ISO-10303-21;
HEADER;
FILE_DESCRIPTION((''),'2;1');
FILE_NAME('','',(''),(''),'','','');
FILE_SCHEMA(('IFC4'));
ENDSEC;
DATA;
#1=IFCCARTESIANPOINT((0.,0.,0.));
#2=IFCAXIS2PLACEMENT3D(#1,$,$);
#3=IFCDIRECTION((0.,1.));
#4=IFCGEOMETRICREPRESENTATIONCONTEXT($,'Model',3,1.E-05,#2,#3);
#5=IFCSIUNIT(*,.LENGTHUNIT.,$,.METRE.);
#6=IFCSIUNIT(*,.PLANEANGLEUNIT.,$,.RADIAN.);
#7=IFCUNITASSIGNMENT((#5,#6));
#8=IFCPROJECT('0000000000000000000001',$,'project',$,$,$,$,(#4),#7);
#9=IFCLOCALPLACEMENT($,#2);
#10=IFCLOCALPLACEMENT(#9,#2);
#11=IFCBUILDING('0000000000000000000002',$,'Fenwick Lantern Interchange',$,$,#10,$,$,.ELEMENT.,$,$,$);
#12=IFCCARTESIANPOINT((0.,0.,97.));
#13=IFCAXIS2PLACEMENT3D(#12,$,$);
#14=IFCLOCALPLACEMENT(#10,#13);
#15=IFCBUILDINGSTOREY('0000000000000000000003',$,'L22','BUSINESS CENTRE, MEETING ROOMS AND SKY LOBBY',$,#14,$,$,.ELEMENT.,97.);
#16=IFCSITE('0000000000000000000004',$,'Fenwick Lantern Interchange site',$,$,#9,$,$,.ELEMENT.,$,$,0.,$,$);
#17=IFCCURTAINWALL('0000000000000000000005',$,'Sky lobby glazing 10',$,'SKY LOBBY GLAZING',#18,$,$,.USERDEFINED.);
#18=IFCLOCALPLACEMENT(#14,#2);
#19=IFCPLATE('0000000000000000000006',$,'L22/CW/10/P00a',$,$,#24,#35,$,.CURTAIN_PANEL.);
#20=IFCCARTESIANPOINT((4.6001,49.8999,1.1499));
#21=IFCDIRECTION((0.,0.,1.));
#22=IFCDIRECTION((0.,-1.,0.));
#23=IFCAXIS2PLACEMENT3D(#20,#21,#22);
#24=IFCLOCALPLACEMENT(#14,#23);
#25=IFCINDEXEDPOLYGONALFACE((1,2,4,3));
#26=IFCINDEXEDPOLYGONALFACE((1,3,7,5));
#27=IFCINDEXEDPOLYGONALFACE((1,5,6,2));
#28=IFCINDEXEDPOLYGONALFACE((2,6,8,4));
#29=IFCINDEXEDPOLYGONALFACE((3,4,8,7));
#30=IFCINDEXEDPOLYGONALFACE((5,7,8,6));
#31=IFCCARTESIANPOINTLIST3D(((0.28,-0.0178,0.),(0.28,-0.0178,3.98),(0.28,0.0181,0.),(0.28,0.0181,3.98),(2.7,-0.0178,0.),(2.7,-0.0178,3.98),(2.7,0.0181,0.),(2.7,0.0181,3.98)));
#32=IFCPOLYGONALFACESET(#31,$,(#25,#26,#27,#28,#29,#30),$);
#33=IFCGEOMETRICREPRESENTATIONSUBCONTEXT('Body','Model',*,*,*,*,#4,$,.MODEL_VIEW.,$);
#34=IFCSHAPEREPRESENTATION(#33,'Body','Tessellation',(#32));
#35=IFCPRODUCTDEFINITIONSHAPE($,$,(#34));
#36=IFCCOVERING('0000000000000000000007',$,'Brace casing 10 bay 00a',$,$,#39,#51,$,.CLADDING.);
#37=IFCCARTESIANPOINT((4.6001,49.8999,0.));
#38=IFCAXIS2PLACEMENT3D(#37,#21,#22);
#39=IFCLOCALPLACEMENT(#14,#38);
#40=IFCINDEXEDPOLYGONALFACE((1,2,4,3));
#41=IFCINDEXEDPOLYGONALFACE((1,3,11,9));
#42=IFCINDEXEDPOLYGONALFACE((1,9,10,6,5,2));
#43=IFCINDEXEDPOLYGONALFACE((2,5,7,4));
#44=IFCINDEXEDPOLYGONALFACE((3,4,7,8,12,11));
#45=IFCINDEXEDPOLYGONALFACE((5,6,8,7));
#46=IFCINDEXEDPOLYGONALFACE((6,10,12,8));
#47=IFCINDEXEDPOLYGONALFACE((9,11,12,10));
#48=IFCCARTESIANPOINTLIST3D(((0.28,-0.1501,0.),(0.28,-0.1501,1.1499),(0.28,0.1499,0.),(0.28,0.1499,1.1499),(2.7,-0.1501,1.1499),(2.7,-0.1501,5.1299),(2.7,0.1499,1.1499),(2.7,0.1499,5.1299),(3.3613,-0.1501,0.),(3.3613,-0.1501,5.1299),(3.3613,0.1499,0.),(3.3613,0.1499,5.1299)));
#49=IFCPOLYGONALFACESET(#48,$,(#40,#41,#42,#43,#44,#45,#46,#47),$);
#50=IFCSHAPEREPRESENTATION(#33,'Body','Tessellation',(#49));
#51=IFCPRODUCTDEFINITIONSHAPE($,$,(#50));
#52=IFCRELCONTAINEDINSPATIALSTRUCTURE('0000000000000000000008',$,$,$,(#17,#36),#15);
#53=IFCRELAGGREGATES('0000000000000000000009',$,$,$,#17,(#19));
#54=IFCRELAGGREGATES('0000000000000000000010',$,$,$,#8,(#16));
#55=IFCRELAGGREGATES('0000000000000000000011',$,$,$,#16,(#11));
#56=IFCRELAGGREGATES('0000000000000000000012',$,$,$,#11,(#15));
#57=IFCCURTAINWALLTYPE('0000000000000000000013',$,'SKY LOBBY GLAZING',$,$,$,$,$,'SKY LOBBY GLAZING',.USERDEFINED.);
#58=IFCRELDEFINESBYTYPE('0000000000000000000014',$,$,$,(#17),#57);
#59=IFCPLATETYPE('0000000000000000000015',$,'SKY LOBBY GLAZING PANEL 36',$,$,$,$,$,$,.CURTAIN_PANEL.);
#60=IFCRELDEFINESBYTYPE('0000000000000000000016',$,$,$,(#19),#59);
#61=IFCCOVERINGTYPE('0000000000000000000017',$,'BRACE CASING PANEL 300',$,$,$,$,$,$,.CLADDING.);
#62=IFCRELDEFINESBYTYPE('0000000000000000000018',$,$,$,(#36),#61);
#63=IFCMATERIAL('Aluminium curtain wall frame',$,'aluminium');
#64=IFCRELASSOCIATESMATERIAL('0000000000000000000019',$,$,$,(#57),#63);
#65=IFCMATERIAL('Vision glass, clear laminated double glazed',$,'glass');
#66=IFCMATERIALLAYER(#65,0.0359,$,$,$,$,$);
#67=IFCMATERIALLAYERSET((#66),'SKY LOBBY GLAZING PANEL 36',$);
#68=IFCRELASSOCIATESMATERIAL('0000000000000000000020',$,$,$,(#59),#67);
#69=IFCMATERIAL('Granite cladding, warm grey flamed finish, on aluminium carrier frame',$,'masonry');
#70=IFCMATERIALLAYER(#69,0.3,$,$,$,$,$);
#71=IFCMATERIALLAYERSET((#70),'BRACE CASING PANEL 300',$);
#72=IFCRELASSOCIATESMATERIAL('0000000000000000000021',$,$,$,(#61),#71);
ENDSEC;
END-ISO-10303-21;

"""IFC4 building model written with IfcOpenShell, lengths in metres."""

from ifc_helpers import new_model, si_unit, direction, frame, origin, place, context, subcontext, project, spatial, polyline, outline, extrude, material, layer, layer_set, type_object, element, aggregate, save


model = new_model("IFC4")

# Units and contexts
model_context = context("Model", 3, precision=1e-05, world=origin(), true_north=direction((0.0, 1.0)))
body_context = subcontext(model_context, "Body", "Model", "MODEL_VIEW")
ifc_project = project(units=[si_unit("LENGTHUNIT", "METRE"), si_unit("PLANEANGLEUNIT", "RADIAN")], contexts=[model_context])

# Site, building, storey
site_placement = place(None, origin())
site = spatial("IfcSite", under=ifc_project, at=site_placement, Name="Fenwick Lantern Interchange site", CompositionType="ELEMENT", RefElevation=0.0)
building_placement = place(site_placement, origin())
building = spatial("IfcBuilding", under=site, at=building_placement, Name="Fenwick Lantern Interchange", CompositionType="ELEMENT")
storey_placement = place(building_placement, frame((0.0, 0.0, 97.0)))
storey = spatial("IfcBuildingStorey", under=building, at=storey_placement, Name="L22", Description="BUSINESS CENTRE, MEETING ROOMS AND SKY LOBBY", CompositionType="ELEMENT", Elevation=97.0)

# Curtain wall
ifc_material_1 = material(Name="Aluminium curtain wall frame", Category="aluminium")
curtain_wall_type = type_object("IfcCurtainWallType", Name="SKY LOBBY GLAZING", ElementType="SKY LOBBY GLAZING", PredefinedType="USERDEFINED", material=ifc_material_1)
curtain_wall_1_placement = place(storey_placement, origin())
curtain_wall_1 = element("IfcCurtainWall", 1, at=curtain_wall_1_placement, inside=storey, type_object=curtain_wall_type, Name="Sky lobby glazing 10", ObjectType="SKY LOBBY GLAZING", PredefinedType="USERDEFINED")

# Plate
ifc_material_2 = material(Name="Vision glass, clear laminated double glazed", Category="glass")
ifc_layer_1 = layer(ifc_material_2, 0.0359)
ifc_layer_set_1 = layer_set([ifc_layer_1], Name="SKY LOBBY GLAZING PANEL 36")
plate_type = type_object("IfcPlateType", Name="SKY LOBBY GLAZING PANEL 36", PredefinedType="CURTAIN_PANEL", material=ifc_layer_set_1)
plate_placement = place(storey_placement, frame((4.6001, 49.8999, 1.1499), z_axis=(0.0, 0.0, 1.0), x_axis=(0.0, -1.0, 0.0)))
plate = element("IfcPlate", 2, at=plate_placement, type_object=plate_type, Name="L22/CW/10/P00a", PredefinedType="CURTAIN_PANEL", context=body_context, shape_type="SweptSolid", body=[
    extrude(outline(polyline([(0.28, 0.0), (2.7, 0.0), (2.7, 3.98), (0.28, 3.98), (0.28, 0.0)])), frame((0.0, 0.0181, 0.0), z_axis=(0.0, -1.0, 0.0), x_axis=(1.0, 0.0, 0.0)), (0.0, 0.0, 1.0), 0.0359),
])
aggregate(curtain_wall_1, [plate])

# Covering
ifc_material_3 = material(Name="Granite cladding, warm grey flamed finish, on aluminium carrier frame", Category="masonry")
ifc_layer_2 = layer(ifc_material_3, 0.3)
ifc_layer_set_2 = layer_set([ifc_layer_2], Name="BRACE CASING PANEL 300")
covering_type = type_object("IfcCoveringType", Name="BRACE CASING PANEL 300", PredefinedType="CLADDING", material=ifc_layer_set_2)
covering_placement = place(storey_placement, frame((4.6001, 49.8999, 0.0), z_axis=(0.0, 0.0, 1.0), x_axis=(0.0, -1.0, 0.0)))
element("IfcCovering", 3, at=covering_placement, inside=storey, type_object=covering_type, Name="Brace casing 10 bay 00a", PredefinedType="CLADDING", context=body_context, shape_type="SweptSolid", body=[
    extrude(outline(polyline([(0.28, 0.0), (3.3613, 0.0), (3.3613, 5.1299), (2.7, 5.1299), (2.7, 1.1499), (0.28, 1.1499), (0.28, 0.0)])), frame((0.0, 0.1499, 0.0), z_axis=(0.0, -1.0, 0.0), x_axis=(1.0, 0.0, 0.0)), (0.0, 0.0, 1.0), 0.3),
])

save(model, "model.ifc")
